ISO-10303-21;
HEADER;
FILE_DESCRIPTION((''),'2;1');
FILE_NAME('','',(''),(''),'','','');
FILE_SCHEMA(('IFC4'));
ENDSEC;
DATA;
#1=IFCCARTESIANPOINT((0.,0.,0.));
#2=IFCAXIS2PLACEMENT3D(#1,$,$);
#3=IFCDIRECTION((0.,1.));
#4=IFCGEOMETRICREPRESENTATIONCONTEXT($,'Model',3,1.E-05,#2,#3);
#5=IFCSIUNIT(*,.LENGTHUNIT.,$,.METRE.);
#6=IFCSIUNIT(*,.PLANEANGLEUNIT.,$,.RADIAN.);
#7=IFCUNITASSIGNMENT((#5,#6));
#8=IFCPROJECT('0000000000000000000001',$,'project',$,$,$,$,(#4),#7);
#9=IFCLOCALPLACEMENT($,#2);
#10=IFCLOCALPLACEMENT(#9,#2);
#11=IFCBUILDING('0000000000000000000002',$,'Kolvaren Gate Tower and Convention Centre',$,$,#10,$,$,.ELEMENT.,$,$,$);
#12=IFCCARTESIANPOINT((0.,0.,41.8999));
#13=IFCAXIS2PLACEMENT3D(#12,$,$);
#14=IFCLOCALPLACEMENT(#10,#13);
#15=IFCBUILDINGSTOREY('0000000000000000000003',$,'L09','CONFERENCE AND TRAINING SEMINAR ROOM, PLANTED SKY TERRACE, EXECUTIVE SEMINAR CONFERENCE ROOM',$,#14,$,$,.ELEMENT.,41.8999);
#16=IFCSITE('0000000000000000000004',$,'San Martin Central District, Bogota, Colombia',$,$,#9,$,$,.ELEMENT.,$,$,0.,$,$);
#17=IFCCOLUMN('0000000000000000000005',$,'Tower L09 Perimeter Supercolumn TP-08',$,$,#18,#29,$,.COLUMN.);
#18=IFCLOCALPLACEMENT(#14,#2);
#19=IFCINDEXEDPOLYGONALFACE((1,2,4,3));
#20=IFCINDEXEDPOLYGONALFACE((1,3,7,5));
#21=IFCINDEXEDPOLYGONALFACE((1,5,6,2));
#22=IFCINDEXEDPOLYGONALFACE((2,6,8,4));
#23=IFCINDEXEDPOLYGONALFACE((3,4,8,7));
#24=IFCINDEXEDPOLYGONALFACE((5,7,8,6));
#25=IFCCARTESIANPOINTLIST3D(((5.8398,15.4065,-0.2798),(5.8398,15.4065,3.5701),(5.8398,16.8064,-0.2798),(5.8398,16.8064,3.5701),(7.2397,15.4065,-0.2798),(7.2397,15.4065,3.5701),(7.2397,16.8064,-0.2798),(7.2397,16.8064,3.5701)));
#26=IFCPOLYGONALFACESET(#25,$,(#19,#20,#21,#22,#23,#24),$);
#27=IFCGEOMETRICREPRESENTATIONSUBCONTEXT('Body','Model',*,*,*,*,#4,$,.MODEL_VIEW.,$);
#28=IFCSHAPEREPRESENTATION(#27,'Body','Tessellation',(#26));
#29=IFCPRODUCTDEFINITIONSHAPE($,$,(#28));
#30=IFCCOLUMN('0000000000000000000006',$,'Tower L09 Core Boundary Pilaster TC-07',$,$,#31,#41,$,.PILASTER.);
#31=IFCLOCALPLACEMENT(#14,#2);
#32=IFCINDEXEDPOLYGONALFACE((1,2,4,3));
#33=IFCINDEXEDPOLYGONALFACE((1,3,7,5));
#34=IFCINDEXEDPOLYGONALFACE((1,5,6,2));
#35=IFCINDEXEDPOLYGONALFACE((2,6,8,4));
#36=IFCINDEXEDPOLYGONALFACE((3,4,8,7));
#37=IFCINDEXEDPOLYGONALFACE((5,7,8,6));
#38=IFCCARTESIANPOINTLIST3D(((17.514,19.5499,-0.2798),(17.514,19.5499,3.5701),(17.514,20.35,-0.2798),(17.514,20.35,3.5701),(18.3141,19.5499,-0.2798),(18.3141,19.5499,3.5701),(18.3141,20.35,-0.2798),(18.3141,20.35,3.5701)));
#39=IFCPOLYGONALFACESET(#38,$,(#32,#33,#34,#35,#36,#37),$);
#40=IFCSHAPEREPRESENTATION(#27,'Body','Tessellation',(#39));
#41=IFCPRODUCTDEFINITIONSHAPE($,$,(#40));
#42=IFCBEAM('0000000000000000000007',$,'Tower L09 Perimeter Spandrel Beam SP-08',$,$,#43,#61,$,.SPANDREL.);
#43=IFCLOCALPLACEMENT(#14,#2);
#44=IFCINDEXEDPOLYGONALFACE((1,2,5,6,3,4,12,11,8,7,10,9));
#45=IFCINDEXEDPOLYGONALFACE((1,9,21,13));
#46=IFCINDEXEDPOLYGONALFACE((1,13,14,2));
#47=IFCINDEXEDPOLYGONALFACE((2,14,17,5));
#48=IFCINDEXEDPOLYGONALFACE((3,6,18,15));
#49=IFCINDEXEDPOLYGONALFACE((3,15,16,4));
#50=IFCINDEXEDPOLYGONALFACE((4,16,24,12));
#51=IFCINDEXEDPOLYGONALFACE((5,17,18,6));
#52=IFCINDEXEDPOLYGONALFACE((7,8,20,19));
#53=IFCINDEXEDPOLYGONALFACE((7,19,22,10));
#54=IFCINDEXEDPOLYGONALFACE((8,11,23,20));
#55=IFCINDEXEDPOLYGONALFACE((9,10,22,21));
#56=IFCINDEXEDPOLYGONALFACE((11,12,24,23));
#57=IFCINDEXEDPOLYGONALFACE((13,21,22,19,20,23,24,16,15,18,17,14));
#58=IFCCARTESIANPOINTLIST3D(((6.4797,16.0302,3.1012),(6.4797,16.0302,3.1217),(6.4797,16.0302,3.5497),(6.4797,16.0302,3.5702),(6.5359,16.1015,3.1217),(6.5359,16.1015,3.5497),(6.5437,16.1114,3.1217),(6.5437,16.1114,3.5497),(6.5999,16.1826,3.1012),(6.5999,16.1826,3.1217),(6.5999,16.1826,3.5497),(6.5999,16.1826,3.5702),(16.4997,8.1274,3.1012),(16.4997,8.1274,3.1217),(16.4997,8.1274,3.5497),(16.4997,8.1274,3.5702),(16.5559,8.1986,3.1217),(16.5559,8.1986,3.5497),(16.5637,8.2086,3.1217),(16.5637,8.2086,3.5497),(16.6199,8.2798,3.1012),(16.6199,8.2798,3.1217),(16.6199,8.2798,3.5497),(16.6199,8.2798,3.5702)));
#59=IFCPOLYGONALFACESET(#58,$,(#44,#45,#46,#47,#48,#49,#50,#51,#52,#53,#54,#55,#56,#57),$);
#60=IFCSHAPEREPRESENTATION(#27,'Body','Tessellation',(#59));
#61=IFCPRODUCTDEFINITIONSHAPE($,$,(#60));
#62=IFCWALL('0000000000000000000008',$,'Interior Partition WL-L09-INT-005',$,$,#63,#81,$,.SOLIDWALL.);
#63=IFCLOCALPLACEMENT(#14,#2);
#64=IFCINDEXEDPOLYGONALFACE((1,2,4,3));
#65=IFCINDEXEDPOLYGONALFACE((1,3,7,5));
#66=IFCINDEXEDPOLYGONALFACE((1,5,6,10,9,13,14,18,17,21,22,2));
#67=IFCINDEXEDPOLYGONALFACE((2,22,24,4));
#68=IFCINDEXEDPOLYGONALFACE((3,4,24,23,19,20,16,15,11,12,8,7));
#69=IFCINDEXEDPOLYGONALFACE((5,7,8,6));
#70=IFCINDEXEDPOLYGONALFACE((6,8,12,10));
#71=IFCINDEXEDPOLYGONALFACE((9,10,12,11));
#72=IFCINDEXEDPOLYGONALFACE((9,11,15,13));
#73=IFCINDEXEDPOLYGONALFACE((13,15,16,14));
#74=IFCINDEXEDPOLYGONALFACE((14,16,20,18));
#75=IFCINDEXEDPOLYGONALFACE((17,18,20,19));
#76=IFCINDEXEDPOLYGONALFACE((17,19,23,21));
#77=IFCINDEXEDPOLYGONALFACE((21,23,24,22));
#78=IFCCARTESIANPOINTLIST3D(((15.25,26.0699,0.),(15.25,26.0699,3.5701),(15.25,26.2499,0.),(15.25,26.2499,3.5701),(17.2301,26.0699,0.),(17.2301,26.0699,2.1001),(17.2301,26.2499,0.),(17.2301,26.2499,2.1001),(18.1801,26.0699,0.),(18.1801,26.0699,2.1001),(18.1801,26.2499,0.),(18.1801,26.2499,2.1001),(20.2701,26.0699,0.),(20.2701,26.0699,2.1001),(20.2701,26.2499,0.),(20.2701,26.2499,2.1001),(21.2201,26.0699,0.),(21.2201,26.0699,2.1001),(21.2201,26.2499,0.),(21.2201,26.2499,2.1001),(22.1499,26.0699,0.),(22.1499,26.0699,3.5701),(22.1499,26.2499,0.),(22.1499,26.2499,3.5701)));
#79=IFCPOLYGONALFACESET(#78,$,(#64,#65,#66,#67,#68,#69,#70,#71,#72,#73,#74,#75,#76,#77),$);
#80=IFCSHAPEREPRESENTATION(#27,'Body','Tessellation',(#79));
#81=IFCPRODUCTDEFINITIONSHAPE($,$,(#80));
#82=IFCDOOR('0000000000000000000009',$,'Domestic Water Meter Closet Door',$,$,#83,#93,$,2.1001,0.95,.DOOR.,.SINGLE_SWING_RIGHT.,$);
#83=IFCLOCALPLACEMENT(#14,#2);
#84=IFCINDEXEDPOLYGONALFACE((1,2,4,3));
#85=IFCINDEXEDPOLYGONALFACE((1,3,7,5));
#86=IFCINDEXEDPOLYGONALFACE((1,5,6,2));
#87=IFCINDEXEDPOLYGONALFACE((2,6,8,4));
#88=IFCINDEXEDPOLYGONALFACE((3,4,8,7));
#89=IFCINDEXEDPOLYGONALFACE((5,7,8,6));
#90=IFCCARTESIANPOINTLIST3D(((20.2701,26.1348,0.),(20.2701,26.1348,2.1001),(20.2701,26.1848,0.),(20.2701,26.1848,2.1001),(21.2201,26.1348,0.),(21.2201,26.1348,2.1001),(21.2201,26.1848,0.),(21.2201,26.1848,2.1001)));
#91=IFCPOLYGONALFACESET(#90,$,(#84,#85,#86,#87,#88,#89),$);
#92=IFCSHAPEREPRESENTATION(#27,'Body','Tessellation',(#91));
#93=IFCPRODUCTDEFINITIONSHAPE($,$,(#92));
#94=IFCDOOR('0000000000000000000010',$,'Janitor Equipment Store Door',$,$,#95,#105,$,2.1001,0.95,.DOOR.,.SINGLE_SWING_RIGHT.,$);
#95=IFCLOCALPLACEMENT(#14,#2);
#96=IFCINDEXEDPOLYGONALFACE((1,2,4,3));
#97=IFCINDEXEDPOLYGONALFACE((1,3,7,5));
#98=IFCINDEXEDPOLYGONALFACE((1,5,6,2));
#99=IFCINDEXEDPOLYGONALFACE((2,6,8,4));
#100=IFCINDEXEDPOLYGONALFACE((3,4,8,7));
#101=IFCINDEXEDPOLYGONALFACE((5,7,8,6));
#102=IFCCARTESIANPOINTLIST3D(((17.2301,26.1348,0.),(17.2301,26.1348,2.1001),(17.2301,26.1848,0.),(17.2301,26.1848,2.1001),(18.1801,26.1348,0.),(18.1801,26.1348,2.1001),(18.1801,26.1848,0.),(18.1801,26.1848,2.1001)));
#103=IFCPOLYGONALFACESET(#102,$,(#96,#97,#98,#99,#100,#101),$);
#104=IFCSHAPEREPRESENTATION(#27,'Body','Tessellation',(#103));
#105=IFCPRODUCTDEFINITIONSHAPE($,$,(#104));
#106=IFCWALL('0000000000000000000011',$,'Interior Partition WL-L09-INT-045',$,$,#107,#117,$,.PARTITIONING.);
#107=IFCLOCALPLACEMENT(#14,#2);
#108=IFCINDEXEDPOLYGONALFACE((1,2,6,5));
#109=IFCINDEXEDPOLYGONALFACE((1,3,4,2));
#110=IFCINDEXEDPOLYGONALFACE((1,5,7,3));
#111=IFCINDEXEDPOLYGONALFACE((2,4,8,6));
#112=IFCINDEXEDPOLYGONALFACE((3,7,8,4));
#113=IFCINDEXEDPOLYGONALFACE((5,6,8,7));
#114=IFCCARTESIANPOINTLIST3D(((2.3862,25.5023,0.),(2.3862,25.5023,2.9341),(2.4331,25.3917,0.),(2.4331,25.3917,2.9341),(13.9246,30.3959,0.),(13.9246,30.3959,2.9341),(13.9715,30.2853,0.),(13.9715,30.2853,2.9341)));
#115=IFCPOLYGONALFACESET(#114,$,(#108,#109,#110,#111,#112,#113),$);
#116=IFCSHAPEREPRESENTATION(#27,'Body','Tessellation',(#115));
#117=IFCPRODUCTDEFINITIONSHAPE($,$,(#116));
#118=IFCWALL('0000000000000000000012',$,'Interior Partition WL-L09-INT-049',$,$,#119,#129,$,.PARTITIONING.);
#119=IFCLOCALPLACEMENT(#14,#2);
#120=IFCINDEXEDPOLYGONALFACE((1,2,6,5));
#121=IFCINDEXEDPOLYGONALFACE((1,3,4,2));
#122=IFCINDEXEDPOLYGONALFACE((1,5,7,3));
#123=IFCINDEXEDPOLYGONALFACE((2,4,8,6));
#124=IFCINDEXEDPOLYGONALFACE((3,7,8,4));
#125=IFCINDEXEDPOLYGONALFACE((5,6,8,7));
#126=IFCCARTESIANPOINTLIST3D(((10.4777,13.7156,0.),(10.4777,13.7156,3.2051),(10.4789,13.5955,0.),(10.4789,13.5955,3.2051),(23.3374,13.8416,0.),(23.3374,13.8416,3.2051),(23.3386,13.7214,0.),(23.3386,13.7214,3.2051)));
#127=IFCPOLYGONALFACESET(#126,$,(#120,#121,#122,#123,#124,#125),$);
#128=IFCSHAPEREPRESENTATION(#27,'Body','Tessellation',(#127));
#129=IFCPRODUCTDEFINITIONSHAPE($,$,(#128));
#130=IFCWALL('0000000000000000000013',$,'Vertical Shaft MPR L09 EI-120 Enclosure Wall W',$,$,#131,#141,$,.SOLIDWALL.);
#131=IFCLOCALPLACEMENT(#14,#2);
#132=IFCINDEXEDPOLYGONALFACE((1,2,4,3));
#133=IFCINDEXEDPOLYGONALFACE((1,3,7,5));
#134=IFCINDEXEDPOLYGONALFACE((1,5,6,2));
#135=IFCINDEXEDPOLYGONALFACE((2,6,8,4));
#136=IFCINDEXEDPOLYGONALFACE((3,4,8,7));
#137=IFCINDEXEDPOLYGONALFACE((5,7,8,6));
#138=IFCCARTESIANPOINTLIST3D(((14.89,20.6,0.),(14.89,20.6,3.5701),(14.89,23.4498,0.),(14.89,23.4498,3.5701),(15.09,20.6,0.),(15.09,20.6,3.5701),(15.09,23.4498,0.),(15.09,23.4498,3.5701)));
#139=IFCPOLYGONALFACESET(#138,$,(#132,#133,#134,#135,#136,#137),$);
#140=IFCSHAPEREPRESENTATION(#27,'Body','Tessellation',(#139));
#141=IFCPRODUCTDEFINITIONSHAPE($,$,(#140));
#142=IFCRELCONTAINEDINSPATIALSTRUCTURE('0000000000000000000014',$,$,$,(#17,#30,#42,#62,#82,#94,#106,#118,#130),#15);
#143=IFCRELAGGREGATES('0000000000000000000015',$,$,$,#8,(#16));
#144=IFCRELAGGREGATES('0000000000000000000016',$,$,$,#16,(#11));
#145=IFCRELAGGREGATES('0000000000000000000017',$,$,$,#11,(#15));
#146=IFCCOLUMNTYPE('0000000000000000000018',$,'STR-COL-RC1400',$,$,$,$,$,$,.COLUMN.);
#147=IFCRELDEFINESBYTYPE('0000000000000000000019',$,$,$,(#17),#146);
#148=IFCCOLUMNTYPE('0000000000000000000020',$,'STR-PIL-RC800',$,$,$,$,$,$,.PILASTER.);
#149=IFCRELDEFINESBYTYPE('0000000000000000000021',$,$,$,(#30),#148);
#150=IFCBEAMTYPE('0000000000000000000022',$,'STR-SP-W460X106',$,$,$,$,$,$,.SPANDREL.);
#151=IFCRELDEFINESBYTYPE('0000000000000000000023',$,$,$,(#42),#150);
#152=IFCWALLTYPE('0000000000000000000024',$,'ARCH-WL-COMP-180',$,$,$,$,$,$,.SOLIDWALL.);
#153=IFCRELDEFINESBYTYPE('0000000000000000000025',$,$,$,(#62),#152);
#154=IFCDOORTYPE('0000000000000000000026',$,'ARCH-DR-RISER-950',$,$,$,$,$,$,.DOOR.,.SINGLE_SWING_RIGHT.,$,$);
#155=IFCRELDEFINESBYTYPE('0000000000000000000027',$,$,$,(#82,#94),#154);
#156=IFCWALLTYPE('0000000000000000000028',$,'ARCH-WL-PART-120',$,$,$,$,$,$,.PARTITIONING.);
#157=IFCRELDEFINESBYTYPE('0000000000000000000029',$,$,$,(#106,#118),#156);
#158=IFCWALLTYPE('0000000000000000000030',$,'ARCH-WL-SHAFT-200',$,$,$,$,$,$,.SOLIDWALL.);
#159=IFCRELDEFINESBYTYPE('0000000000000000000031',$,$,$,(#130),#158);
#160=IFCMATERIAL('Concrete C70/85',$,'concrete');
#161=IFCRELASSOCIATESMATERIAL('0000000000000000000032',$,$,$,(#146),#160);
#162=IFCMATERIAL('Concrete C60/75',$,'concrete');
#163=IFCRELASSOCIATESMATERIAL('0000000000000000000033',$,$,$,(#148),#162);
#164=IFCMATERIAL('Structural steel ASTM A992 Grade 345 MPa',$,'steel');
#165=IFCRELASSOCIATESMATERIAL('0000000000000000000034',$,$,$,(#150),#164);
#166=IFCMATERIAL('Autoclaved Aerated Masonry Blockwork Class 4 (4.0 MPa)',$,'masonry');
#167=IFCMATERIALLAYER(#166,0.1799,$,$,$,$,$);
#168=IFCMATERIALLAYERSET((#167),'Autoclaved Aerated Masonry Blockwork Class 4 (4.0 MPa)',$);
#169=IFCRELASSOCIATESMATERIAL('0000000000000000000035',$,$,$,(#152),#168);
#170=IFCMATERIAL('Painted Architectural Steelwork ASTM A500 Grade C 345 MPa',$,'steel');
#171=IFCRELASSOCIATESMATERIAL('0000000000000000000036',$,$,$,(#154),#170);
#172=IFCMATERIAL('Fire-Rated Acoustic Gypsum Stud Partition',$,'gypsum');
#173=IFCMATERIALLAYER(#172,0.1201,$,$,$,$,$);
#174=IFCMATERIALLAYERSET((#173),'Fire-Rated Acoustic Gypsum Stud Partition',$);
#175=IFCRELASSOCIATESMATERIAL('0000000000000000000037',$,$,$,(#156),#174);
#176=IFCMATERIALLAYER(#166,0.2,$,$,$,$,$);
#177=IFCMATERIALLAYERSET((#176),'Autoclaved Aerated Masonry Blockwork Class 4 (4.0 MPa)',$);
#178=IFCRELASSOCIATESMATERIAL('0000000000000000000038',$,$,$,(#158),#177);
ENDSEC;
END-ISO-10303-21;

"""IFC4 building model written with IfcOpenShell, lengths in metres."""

from ifc_helpers import new_model, si_unit, direction, frame, frame_2d, origin, origin_2d, place, context, subcontext, project, spatial, rectangle, i_section, extrude, material, layer, layer_set, material_profile, profile_set, type_object, element, fill, save


model = new_model("IFC4")

# Units and contexts
model_context = context("Model", 3, precision=1e-05, world=origin(), true_north=direction((0.0, 1.0)))
body_context = subcontext(model_context, "Body", "Model", "MODEL_VIEW")
ifc_project = project(units=[si_unit("LENGTHUNIT", "METRE"), si_unit("PLANEANGLEUNIT", "RADIAN")], contexts=[model_context])

# Site, building, storey
site_placement = place(None, origin())
site = spatial("IfcSite", under=ifc_project, at=site_placement, Name="San Martin Central District, Bogota, Colombia", CompositionType="ELEMENT", RefElevation=0.0)
building_placement = place(site_placement, origin())
building = spatial("IfcBuilding", under=site, at=building_placement, Name="Kolvaren Gate Tower and Convention Centre", CompositionType="ELEMENT")
storey_placement = place(building_placement, frame((0.0, 0.0, 41.8999)))
storey = spatial("IfcBuildingStorey", under=building, at=storey_placement, Name="L09", Description="CONFERENCE AND TRAINING SEMINAR ROOM, PLANTED SKY TERRACE, EXECUTIVE SEMINAR CONFERENCE ROOM", CompositionType="ELEMENT", Elevation=41.8999)

# Columns
ifc_material_1 = material(Name="Concrete C70/85", Category="concrete")
ifc_material_profile_1 = material_profile(ifc_material_1, rectangle(XDim=1.3999, YDim=1.3999, at=origin_2d()), Name="RC-COL-1400X1400")
ifc_profile_set_1 = profile_set([ifc_material_profile_1], Name="Concrete C70/85")
column_type_1 = type_object("IfcColumnType", Name="STR-COL-RC1400", PredefinedType="COLUMN", material=ifc_profile_set_1)
column_1_placement = place(storey_placement, frame((6.5398, 16.1064, -0.2798), z_axis=(0.0, 0.0, 1.0), x_axis=(1.0, 0.0, 0.0)))
element("IfcColumn", 1, at=column_1_placement, inside=storey, type_object=column_type_1, Name="Tower L09 Perimeter Supercolumn TP-08", PredefinedType="COLUMN", context=body_context, shape_type="SweptSolid", body=[
    extrude(rectangle(XDim=1.3999, YDim=1.3999, at=origin_2d()), origin(), (0.0, 0.0, 1.0), 3.8499),
])
ifc_material_2 = material(Name="Concrete C60/75", Category="concrete")
ifc_material_profile_2 = material_profile(ifc_material_2, rectangle(XDim=0.8, YDim=0.8, at=origin_2d()), Name="RC-COL-800X800")
ifc_profile_set_2 = profile_set([ifc_material_profile_2], Name="Concrete C60/75")
column_type_2 = type_object("IfcColumnType", Name="STR-PIL-RC800", PredefinedType="PILASTER", material=ifc_profile_set_2)
column_2_placement = place(storey_placement, frame((17.9141, 19.95, -0.2798), z_axis=(0.0, 0.0, 1.0), x_axis=(1.0, 0.0, 0.0)))
element("IfcColumn", 2, at=column_2_placement, inside=storey, type_object=column_type_2, Name="Tower L09 Core Boundary Pilaster TC-07", PredefinedType="PILASTER", context=body_context, shape_type="SweptSolid", body=[
    extrude(rectangle(XDim=0.8, YDim=0.8, at=origin_2d()), origin(), (0.0, 0.0, 1.0), 3.8499),
])

# Beam
ifc_material_3 = material(Name="Structural steel ASTM A992 Grade 345 MPa", Category="steel")
ifc_material_profile_3 = material_profile(ifc_material_3, i_section(OverallWidth=0.1941, OverallDepth=0.469, WebThickness=0.0127, FlangeThickness=0.0205, at=origin_2d()), Name="W460X106")
ifc_profile_set_3 = profile_set([ifc_material_profile_3], Name="Structural steel ASTM A992 Grade 345 MPa")
beam_type = type_object("IfcBeamType", Name="STR-SP-W460X106", PredefinedType="SPANDREL", material=ifc_profile_set_3)
beam_placement = place(storey_placement, frame((6.5398, 16.1064, 3.3357), z_axis=(0.785176, -0.619272, 0.0), x_axis=(0.619272, 0.785176, 0.0)))
element("IfcBeam", 3, at=beam_placement, inside=storey, type_object=beam_type, Name="Tower L09 Perimeter Spandrel Beam SP-08", PredefinedType="SPANDREL", context=body_context, shape_type="SweptSolid", body=[
    extrude(i_section(OverallWidth=0.1941, OverallDepth=0.469, WebThickness=0.0127, FlangeThickness=0.0205, at=origin_2d()), origin(), (0.0, 0.0, 1.0), 12.7615),
])

# Wall, openings, doors
ifc_material_4 = material(Name="Autoclaved Aerated Masonry Blockwork Class 4 (4.0 MPa)", Category="masonry")
ifc_layer_1 = layer(ifc_material_4, 0.1799)
ifc_layer_set_1 = layer_set([ifc_layer_1], Name="Autoclaved Aerated Masonry Blockwork Class 4 (4.0 MPa)")
wall_type_1 = type_object("IfcWallType", Name="ARCH-WL-COMP-180", PredefinedType="SOLIDWALL", material=ifc_layer_set_1)
wall_1_placement = place(storey_placement, frame((15.25, 26.1599, 0.0), z_axis=(0.0, 0.0, 1.0), x_axis=(1.0, 0.0, 0.0)))
wall_1 = element("IfcWall", 4, at=wall_1_placement, inside=storey, type_object=wall_type_1, Name="Interior Partition WL-L09-INT-005", PredefinedType="SOLIDWALL", context=body_context, shape_type="SweptSolid", body=[
    extrude(rectangle(XDim=6.8999, YDim=0.1799, at=frame_2d((3.45, 0.0))), origin(), (0.0, 0.0, 1.0), 3.5701),
])
opening_1_placement = place(wall_1_placement, frame((5.02, 0.0, 0.0)))
opening_1 = element("IfcOpeningElement", 5, at=opening_1_placement, cuts=wall_1, PredefinedType="OPENING", context=body_context, shape_type="SweptSolid", body=[
    extrude(rectangle(XDim=0.95, YDim=2.1001, at=frame_2d((0.4751, 1.05))), frame((0.0, 0.0999, 0.0), z_axis=(0.0, -1.0, 0.0), x_axis=(1.0, 0.0, 0.0)), (0.0, 0.0, 1.0), 0.2),
])
opening_2_placement = place(wall_1_placement, frame((1.98, 0.0, 0.0)))
opening_2 = element("IfcOpeningElement", 6, at=opening_2_placement, cuts=wall_1, PredefinedType="OPENING", context=body_context, shape_type="SweptSolid", body=[
    extrude(rectangle(XDim=0.95, YDim=2.1001, at=frame_2d((0.4751, 1.05))), frame((0.0, 0.0999, 0.0), z_axis=(0.0, -1.0, 0.0), x_axis=(1.0, 0.0, 0.0)), (0.0, 0.0, 1.0), 0.2),
])
ifc_material_5 = material(Name="Painted Architectural Steelwork ASTM A500 Grade C 345 MPa", Category="steel")
door_type = type_object("IfcDoorType", Name="ARCH-DR-RISER-950", OperationType="SINGLE_SWING_RIGHT", PredefinedType="DOOR", material=ifc_material_5)
door_1_placement = place(opening_1_placement, origin())
door_1 = element("IfcDoor", 7, at=door_1_placement, inside=storey, type_object=door_type, Name="Domestic Water Meter Closet Door", OperationType="SINGLE_SWING_RIGHT", OverallHeight=2.1001, OverallWidth=0.95, PredefinedType="DOOR", context=body_context, shape_type="SweptSolid", body=[
    extrude(rectangle(XDim=0.95, YDim=2.1001, at=frame_2d((0.4751, 1.05))), frame((0.0, 0.0249, 0.0), z_axis=(0.0, -1.0, 0.0), x_axis=(1.0, 0.0, 0.0)), (0.0, 0.0, 1.0), 0.05),
])
fill(opening_1, door_1)
door_2_placement = place(opening_2_placement, origin())
door_2 = element("IfcDoor", 8, at=door_2_placement, inside=storey, type_object=door_type, Name="Janitor Equipment Store Door", OperationType="SINGLE_SWING_RIGHT", OverallHeight=2.1001, OverallWidth=0.95, PredefinedType="DOOR", context=body_context, shape_type="SweptSolid", body=[
    extrude(rectangle(XDim=0.95, YDim=2.1001, at=frame_2d((0.4751, 1.05))), frame((0.0, 0.0249, 0.0), z_axis=(0.0, -1.0, 0.0), x_axis=(1.0, 0.0, 0.0)), (0.0, 0.0, 1.0), 0.05),
])
fill(opening_2, door_2)

# Walls
ifc_material_6 = material(Name="Fire-Rated Acoustic Gypsum Stud Partition", Category="gypsum")
ifc_layer_2 = layer(ifc_material_6, 0.1201)
ifc_layer_set_2 = layer_set([ifc_layer_2], Name="Fire-Rated Acoustic Gypsum Stud Partition")
wall_type_2 = type_object("IfcWallType", Name="ARCH-WL-PART-120", PredefinedType="PARTITIONING", material=ifc_layer_set_2)
wall_2_placement = place(storey_placement, frame((2.4097, 25.447, 0.0), z_axis=(0.0, 0.0, 1.0), x_axis=(0.920625, 0.390449, 0.0)))
element("IfcWall", 9, at=wall_2_placement, inside=storey, type_object=wall_type_2, Name="Interior Partition WL-L09-INT-045", PredefinedType="PARTITIONING", context=body_context, shape_type="SweptSolid", body=[
    extrude(rectangle(XDim=12.5332, YDim=0.1201, at=frame_2d((6.2666, 0.0))), origin(), (0.0, 0.0, 1.0), 2.9341),
])
wall_3_placement = place(storey_placement, frame((10.4783, 13.6555, 0.0), z_axis=(0.0, 0.0, 1.0), x_axis=(0.999952, 0.009796, 0.0)))
element("IfcWall", 10, at=wall_3_placement, inside=storey, type_object=wall_type_2, Name="Interior Partition WL-L09-INT-049", PredefinedType="PARTITIONING", context=body_context, shape_type="SweptSolid", body=[
    extrude(rectangle(XDim=12.8604, YDim=0.1201, at=frame_2d((6.4302, 0.0))), origin(), (0.0, 0.0, 1.0), 3.2051),
])
ifc_layer_3 = layer(ifc_material_4, 0.2)
ifc_layer_set_3 = layer_set([ifc_layer_3], Name="Autoclaved Aerated Masonry Blockwork Class 4 (4.0 MPa)")
wall_type_3 = type_object("IfcWallType", Name="ARCH-WL-SHAFT-200", PredefinedType="SOLIDWALL", material=ifc_layer_set_3)
wall_4_placement = place(storey_placement, frame((14.99, 20.6001, 0.0), z_axis=(0.0, 0.0, 1.0), x_axis=(0.0, 1.0, 0.0)))
element("IfcWall", 11, at=wall_4_placement, inside=storey, type_object=wall_type_3, Name="Vertical Shaft MPR L09 EI-120 Enclosure Wall W", PredefinedType="SOLIDWALL", context=body_context, shape_type="SweptSolid", body=[
    extrude(rectangle(XDim=2.8499, YDim=0.2, at=frame_2d((1.4248, 0.0))), origin(), (0.0, 0.0, 1.0), 3.5701),
])

save(model, "model.ifc")
